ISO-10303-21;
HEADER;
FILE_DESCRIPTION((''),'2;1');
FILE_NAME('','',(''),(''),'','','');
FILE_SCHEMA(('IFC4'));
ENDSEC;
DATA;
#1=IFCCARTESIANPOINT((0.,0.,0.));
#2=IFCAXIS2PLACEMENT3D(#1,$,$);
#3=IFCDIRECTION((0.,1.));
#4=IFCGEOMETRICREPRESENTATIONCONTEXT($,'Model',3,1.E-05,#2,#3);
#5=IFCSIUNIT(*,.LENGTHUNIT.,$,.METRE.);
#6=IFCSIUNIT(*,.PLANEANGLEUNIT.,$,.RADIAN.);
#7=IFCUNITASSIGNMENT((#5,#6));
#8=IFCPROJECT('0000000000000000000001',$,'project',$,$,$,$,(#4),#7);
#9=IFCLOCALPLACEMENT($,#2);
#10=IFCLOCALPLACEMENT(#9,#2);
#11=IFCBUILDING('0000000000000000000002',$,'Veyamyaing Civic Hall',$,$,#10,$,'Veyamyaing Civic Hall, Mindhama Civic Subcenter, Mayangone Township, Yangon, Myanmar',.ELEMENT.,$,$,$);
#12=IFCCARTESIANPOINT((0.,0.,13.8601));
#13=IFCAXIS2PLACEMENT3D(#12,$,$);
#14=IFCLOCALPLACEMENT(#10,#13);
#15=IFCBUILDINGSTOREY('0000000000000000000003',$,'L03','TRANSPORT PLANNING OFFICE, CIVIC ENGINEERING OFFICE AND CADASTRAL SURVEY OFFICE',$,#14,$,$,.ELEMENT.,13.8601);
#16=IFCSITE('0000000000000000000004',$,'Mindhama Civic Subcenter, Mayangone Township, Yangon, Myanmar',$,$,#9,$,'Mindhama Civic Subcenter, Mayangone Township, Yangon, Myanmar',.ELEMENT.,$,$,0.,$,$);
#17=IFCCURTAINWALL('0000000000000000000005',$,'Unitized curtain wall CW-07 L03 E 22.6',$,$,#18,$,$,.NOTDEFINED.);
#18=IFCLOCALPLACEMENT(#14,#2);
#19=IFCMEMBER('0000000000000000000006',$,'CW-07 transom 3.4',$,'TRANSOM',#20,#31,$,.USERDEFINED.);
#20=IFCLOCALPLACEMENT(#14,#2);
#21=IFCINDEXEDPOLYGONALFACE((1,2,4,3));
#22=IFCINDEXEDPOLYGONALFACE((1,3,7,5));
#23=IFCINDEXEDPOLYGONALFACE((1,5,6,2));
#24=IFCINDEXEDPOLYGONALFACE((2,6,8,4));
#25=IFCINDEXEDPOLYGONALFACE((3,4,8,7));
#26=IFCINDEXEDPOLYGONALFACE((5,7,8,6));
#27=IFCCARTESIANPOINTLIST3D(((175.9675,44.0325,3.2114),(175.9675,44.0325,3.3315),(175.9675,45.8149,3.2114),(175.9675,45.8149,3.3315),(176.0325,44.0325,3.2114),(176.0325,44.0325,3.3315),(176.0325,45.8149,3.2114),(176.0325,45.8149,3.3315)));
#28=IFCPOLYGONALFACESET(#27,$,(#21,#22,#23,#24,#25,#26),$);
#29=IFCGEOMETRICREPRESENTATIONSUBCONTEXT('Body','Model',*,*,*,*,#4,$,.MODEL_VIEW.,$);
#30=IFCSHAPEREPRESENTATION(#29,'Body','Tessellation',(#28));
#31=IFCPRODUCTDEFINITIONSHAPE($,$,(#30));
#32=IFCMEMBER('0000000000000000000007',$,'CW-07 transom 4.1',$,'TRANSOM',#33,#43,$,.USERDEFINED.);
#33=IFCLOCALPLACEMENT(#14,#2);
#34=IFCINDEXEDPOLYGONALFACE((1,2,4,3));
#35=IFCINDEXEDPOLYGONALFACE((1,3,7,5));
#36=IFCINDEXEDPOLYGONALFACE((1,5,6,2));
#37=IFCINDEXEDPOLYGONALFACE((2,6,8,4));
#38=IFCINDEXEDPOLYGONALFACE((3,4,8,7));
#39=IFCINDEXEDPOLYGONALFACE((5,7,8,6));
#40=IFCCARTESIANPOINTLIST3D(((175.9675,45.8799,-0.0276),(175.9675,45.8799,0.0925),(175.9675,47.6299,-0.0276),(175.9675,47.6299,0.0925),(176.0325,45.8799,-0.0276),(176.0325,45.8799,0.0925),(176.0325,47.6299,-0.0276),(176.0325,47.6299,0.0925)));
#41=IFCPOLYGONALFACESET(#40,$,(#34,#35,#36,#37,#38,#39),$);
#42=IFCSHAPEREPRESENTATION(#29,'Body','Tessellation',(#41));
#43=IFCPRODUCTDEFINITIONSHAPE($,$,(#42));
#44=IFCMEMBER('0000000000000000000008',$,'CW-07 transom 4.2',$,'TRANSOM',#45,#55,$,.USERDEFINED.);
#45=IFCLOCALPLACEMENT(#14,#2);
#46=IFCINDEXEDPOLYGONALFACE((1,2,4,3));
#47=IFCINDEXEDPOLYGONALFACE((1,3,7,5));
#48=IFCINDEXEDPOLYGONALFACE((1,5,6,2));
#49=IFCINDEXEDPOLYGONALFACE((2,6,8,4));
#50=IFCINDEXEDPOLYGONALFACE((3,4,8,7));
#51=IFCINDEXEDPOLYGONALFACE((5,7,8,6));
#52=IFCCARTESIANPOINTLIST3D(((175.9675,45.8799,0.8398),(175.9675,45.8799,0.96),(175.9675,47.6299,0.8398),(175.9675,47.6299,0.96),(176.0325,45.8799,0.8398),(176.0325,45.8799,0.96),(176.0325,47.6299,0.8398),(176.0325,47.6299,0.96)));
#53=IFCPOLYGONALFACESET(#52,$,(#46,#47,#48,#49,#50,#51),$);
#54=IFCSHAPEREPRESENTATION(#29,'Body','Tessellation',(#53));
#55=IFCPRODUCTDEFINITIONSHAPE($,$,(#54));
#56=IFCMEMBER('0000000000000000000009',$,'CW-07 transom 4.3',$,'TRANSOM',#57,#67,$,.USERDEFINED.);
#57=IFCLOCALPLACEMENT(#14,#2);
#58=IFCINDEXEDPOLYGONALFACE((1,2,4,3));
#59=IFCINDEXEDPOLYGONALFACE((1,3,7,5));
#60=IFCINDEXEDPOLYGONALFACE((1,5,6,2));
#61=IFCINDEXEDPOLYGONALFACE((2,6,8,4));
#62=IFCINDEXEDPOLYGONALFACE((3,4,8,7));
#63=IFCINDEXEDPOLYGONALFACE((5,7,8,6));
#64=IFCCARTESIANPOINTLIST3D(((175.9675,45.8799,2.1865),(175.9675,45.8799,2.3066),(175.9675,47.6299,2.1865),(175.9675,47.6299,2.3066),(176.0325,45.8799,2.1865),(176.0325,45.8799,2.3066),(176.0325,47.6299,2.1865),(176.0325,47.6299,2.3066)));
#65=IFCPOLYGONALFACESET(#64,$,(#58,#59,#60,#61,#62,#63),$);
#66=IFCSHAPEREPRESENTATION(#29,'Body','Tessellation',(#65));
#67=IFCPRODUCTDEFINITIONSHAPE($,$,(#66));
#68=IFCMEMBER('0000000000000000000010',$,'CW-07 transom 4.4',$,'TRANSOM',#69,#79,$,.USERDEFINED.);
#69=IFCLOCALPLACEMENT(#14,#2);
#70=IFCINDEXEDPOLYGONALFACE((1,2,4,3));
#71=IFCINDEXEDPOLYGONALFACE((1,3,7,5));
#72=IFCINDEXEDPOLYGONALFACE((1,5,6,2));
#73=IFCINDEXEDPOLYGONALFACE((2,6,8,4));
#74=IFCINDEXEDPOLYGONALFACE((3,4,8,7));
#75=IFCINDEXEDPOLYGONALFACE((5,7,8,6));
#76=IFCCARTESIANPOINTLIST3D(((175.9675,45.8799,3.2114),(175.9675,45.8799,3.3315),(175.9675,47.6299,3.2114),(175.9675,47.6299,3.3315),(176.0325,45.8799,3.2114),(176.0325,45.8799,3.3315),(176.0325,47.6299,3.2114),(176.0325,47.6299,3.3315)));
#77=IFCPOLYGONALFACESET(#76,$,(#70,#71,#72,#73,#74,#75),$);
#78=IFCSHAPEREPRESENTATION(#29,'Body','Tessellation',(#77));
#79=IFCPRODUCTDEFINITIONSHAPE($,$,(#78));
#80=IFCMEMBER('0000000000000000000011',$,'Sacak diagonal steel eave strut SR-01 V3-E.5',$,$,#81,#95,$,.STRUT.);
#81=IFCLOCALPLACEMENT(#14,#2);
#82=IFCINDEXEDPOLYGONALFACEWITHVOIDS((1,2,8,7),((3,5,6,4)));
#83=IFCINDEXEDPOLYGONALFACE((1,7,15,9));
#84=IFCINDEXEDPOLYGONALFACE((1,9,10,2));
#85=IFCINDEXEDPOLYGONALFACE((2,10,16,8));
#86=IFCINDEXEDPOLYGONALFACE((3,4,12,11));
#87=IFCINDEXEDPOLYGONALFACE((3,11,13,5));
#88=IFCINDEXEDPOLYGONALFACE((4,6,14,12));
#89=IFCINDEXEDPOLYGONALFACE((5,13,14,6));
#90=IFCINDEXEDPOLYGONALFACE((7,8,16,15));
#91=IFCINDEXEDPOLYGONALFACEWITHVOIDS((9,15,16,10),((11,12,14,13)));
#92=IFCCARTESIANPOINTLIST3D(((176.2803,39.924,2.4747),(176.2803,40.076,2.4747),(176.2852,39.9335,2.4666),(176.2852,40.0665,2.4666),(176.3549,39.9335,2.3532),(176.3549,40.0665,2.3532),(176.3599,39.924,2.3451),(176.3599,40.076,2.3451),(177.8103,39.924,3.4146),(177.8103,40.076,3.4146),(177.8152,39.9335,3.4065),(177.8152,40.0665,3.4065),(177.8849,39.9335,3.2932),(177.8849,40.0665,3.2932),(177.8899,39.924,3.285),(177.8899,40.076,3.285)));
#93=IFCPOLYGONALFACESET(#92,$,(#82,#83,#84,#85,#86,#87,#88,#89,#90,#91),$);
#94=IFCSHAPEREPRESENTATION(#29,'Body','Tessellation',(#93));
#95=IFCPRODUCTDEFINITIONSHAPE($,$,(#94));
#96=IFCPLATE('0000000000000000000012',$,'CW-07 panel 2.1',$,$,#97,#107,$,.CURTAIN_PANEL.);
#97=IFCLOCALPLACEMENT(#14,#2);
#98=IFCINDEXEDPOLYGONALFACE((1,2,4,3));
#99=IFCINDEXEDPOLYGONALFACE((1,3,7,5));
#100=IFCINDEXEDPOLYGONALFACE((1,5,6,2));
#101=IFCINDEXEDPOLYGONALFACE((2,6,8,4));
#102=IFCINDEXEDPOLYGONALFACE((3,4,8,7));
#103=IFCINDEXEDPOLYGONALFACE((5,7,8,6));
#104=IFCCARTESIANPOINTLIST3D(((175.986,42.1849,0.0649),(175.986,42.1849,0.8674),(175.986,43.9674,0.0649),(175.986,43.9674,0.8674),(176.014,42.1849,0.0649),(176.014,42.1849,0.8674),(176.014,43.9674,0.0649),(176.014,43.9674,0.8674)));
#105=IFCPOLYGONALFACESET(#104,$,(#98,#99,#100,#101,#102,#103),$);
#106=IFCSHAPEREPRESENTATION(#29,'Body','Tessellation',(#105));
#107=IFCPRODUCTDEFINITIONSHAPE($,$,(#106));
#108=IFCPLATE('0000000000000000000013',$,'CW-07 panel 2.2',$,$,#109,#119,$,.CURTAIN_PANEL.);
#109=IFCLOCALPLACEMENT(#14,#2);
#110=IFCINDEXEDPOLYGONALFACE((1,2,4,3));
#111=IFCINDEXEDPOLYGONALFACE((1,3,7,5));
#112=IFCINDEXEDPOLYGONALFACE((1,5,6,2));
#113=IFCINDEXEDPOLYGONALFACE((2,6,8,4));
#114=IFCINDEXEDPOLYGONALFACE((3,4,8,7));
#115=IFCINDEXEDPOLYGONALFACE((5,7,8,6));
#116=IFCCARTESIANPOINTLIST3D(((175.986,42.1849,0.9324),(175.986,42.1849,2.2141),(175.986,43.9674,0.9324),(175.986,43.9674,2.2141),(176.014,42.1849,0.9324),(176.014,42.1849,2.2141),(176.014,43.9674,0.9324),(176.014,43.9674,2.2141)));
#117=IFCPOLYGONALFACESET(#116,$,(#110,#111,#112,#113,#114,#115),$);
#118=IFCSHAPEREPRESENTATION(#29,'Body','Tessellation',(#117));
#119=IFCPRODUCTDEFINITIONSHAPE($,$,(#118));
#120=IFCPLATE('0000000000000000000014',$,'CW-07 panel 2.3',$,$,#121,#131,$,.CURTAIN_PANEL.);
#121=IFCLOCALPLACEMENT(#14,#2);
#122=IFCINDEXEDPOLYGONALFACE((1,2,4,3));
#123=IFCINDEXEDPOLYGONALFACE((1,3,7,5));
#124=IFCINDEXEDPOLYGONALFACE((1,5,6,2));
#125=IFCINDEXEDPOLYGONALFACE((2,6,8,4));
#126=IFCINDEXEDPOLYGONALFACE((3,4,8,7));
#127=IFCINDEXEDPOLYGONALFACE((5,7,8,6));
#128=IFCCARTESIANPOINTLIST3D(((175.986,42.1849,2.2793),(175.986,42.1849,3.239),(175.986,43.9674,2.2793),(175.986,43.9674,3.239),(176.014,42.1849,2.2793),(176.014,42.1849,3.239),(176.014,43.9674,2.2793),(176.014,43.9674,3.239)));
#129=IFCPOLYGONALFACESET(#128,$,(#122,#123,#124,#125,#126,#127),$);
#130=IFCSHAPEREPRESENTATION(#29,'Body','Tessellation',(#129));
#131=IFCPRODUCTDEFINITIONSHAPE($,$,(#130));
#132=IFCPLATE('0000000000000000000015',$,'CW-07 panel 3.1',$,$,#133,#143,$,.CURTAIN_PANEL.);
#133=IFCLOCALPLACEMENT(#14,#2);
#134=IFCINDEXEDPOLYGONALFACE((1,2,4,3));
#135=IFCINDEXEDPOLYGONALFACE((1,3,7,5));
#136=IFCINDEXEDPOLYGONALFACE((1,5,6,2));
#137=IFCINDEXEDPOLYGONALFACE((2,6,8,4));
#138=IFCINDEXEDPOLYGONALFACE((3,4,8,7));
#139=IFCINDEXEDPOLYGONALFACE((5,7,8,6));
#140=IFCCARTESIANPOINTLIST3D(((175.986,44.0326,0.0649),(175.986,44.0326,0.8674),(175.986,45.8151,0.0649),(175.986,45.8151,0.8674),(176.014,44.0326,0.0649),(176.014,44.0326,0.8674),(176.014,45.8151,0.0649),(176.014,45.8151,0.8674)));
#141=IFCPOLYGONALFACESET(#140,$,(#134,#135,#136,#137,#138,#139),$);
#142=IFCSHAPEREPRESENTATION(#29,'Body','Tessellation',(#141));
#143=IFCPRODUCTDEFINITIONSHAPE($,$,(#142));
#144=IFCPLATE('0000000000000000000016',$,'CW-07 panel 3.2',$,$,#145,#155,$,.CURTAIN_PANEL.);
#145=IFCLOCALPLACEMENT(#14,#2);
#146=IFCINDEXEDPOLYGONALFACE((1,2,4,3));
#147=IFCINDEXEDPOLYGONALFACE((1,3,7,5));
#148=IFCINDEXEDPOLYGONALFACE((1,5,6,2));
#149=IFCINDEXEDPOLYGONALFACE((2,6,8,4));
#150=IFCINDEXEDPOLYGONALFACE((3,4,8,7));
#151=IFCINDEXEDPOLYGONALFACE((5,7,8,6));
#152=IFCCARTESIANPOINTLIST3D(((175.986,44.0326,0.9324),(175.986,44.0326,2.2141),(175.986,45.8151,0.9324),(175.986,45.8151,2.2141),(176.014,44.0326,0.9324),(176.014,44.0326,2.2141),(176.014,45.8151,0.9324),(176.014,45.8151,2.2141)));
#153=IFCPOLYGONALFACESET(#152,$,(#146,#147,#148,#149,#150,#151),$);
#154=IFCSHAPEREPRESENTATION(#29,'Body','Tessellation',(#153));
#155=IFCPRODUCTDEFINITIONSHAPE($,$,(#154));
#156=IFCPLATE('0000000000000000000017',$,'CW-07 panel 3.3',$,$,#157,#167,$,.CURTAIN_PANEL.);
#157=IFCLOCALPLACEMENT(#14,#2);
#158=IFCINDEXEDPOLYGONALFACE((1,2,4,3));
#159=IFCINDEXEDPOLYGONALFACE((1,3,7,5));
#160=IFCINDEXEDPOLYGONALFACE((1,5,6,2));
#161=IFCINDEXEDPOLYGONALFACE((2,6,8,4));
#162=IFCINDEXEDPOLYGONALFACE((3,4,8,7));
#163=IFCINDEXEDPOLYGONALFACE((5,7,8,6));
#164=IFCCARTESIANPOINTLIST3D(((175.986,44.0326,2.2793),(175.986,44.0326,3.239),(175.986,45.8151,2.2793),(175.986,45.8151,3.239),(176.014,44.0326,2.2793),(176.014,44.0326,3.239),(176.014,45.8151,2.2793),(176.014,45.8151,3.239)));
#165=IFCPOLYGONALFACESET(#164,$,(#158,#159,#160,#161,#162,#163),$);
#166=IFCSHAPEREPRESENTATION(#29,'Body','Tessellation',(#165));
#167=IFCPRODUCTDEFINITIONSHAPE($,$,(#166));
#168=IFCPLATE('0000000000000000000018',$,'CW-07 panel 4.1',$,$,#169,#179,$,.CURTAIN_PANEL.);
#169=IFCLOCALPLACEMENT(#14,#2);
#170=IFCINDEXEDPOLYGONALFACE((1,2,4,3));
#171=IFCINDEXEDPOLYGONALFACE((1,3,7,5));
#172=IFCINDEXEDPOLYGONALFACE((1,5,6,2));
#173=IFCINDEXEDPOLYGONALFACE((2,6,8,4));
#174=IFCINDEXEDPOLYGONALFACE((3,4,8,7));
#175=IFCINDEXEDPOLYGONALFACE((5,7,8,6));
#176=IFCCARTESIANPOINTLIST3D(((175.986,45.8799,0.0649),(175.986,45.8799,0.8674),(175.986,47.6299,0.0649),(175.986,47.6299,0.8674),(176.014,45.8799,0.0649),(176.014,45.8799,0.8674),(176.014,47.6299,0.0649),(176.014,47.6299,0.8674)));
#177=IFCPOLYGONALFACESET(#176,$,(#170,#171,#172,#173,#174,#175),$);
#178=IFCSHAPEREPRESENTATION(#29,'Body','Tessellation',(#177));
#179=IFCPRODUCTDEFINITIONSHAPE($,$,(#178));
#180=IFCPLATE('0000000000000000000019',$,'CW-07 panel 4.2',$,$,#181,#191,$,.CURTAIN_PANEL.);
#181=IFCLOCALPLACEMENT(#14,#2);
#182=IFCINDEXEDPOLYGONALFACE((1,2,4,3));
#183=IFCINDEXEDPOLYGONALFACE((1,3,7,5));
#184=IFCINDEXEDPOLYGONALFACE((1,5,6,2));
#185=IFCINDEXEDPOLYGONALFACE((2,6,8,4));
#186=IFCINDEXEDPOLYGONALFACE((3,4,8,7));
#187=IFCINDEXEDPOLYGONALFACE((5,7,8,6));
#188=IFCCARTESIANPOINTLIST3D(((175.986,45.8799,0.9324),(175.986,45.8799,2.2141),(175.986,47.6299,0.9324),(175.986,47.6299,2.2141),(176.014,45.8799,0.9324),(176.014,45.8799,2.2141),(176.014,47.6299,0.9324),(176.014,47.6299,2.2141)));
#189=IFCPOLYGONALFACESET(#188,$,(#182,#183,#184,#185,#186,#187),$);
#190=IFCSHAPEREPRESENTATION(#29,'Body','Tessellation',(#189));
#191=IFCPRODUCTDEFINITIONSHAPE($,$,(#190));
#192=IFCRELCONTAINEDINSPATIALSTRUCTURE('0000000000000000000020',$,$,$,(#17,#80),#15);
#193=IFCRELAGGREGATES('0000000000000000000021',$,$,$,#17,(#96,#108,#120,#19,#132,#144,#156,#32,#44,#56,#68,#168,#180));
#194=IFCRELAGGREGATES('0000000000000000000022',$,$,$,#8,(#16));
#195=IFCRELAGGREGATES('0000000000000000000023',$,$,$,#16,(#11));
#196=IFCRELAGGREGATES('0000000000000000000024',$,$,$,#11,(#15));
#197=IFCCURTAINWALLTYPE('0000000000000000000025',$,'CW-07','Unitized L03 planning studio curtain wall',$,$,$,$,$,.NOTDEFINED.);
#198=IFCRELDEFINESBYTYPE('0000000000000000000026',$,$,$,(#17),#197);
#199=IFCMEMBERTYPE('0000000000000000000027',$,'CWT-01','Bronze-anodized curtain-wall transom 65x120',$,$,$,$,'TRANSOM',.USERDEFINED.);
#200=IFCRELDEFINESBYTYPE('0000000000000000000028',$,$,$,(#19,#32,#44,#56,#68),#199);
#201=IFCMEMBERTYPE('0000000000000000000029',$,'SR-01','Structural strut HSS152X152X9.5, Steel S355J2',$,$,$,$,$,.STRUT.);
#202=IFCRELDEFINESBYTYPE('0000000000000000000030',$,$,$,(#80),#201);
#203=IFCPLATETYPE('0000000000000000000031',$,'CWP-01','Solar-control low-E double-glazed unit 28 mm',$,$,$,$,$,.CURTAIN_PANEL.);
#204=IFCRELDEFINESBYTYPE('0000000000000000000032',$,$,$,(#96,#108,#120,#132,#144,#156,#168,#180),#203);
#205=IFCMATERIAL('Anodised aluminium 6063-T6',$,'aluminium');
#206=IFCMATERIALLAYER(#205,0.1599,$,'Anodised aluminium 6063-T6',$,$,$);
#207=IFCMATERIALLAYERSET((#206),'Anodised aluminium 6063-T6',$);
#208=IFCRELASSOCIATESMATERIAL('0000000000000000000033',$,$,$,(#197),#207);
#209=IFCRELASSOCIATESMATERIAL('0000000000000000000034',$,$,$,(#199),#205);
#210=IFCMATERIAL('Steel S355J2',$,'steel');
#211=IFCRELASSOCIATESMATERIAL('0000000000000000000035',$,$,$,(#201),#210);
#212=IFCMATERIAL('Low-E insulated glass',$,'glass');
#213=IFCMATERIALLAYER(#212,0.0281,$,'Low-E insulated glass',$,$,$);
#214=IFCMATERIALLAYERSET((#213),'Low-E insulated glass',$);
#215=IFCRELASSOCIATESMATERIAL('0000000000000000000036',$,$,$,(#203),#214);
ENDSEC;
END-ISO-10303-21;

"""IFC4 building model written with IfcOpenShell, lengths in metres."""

from ifc_helpers import new_model, si_unit, direction, frame, origin, origin_2d, place, context, subcontext, project, spatial, rectangle, hollow_rectangle, extrude, material, layer, layer_set, material_profile, profile_set, type_object, element, aggregate, save


model = new_model("IFC4")

# Units and contexts
model_context = context("Model", 3, precision=1e-05, world=origin(), true_north=direction((0.0, 1.0)))
body_context = subcontext(model_context, "Body", "Model", "MODEL_VIEW")
ifc_project = project(units=[si_unit("LENGTHUNIT", "METRE"), si_unit("PLANEANGLEUNIT", "RADIAN")], contexts=[model_context])

# Site, building, storey
site_placement = place(None, origin())
site = spatial("IfcSite", under=ifc_project, at=site_placement, Name="Mindhama Civic Subcenter, Mayangone Township, Yangon, Myanmar", LongName="Mindhama Civic Subcenter, Mayangone Township, Yangon, Myanmar", CompositionType="ELEMENT", RefElevation=0.0)
building_placement = place(site_placement, origin())
building = spatial("IfcBuilding", under=site, at=building_placement, Name="Veyamyaing Civic Hall", LongName="Veyamyaing Civic Hall, Mindhama Civic Subcenter, Mayangone Township, Yangon, Myanmar", CompositionType="ELEMENT")
storey_placement = place(building_placement, frame((0.0, 0.0, 13.8601)))
storey = spatial("IfcBuildingStorey", under=building, at=storey_placement, Name="L03", Description="TRANSPORT PLANNING OFFICE, CIVIC ENGINEERING OFFICE AND CADASTRAL SURVEY OFFICE", CompositionType="ELEMENT", Elevation=13.8601)

# Curtain wall, members
ifc_material_1 = material(Name="Anodised aluminium 6063-T6", Category="aluminium")
ifc_layer_1 = layer(ifc_material_1, 0.1599, Name="Anodised aluminium 6063-T6")
ifc_layer_set_1 = layer_set([ifc_layer_1], Name="Anodised aluminium 6063-T6")
curtain_wall_type = type_object("IfcCurtainWallType", Name="CW-07", Description="Unitized L03 planning studio curtain wall", PredefinedType="NOTDEFINED", material=ifc_layer_set_1)
curtain_wall_placement = place(storey_placement, origin())
curtain_wall = element("IfcCurtainWall", 1, at=curtain_wall_placement, inside=storey, type_object=curtain_wall_type, Name="Unitized curtain wall CW-07 L03 E 22.6", PredefinedType="NOTDEFINED")
ifc_material_profile_1 = material_profile(ifc_material_1, rectangle(XDim=0.0649, YDim=0.1201, at=origin_2d()), Name="ALU-TRN-65X120")
ifc_profile_set_1 = profile_set([ifc_material_profile_1], Name="Anodised aluminium 6063-T6")
member_type_1 = type_object("IfcMemberType", Name="CWT-01", Description="Bronze-anodized curtain-wall transom 65x120", ElementType="TRANSOM", PredefinedType="USERDEFINED", material=ifc_profile_set_1)
member_1_placement = place(storey_placement, frame((176.0, 44.0325, 3.2715), z_axis=(0.0, 1.0, 0.0), x_axis=(-1.0, 0.0, 0.0)))
member_1 = element("IfcMember", 2, at=member_1_placement, type_object=member_type_1, Name="CW-07 transom 3.4", ObjectType="TRANSOM", PredefinedType="USERDEFINED", context=body_context, shape_type="SweptSolid", body=[
    extrude(rectangle(XDim=0.0649, YDim=0.1201, at=origin_2d()), origin(), (0.0, 0.0, 1.0), 1.7825),
])
member_2_placement = place(storey_placement, frame((176.0, 45.8799, 0.0325), z_axis=(0.0, 1.0, 0.0), x_axis=(-1.0, 0.0, 0.0)))
member_2 = element("IfcMember", 3, at=member_2_placement, type_object=member_type_1, Name="CW-07 transom 4.1", ObjectType="TRANSOM", PredefinedType="USERDEFINED", context=body_context, shape_type="SweptSolid", body=[
    extrude(rectangle(XDim=0.0649, YDim=0.1201, at=origin_2d()), origin(), (0.0, 0.0, 1.0), 1.75),
])
member_3_placement = place(storey_placement, frame((176.0, 45.8799, 0.8999), z_axis=(0.0, 1.0, 0.0), x_axis=(-1.0, 0.0, 0.0)))
member_3 = element("IfcMember", 4, at=member_3_placement, type_object=member_type_1, Name="CW-07 transom 4.2", ObjectType="TRANSOM", PredefinedType="USERDEFINED", context=body_context, shape_type="SweptSolid", body=[
    extrude(rectangle(XDim=0.0649, YDim=0.1201, at=origin_2d()), origin(), (0.0, 0.0, 1.0), 1.75),
])
member_4_placement = place(storey_placement, frame((176.0, 45.8799, 2.2466), z_axis=(0.0, 1.0, 0.0), x_axis=(-1.0, 0.0, 0.0)))
member_4 = element("IfcMember", 5, at=member_4_placement, type_object=member_type_1, Name="CW-07 transom 4.3", ObjectType="TRANSOM", PredefinedType="USERDEFINED", context=body_context, shape_type="SweptSolid", body=[
    extrude(rectangle(XDim=0.0649, YDim=0.1201, at=origin_2d()), origin(), (0.0, 0.0, 1.0), 1.75),
])
member_5_placement = place(storey_placement, frame((176.0, 45.8799, 3.2715), z_axis=(0.0, 1.0, 0.0), x_axis=(-1.0, 0.0, 0.0)))
member_5 = element("IfcMember", 6, at=member_5_placement, type_object=member_type_1, Name="CW-07 transom 4.4", ObjectType="TRANSOM", PredefinedType="USERDEFINED", context=body_context, shape_type="SweptSolid", body=[
    extrude(rectangle(XDim=0.0649, YDim=0.1201, at=origin_2d()), origin(), (0.0, 0.0, 1.0), 1.75),
])

# Member
ifc_material_2 = material(Name="Steel S355J2", Category="steel")
ifc_material_profile_2 = material_profile(ifc_material_2, hollow_rectangle(XDim=0.1521, YDim=0.1521, WallThickness=0.0095, at=origin_2d()), Name="HSS152X152X9.5")
ifc_profile_set_2 = profile_set([ifc_material_profile_2], Name="Steel S355J2")
member_type_2 = type_object("IfcMemberType", Name="SR-01", Description="Structural strut HSS152X152X9.5, Steel S355J2", PredefinedType="STRUT", material=ifc_profile_set_2)
member_6_placement = place(storey_placement, frame((176.3201, 40.0, 2.4099), z_axis=(0.85206, 0.0, 0.523445), x_axis=(0.0, 1.0, 0.0)))
element("IfcMember", 7, at=member_6_placement, inside=storey, type_object=member_type_2, Name="Sacak diagonal steel eave strut SR-01 V3-E.5", PredefinedType="STRUT", context=body_context, shape_type="SweptSolid", body=[
    extrude(hollow_rectangle(XDim=0.1521, YDim=0.1521, WallThickness=0.0095, at=origin_2d()), origin(), (0.0, 0.0, 1.0), 1.7957),
])

# Plates
ifc_material_3 = material(Name="Low-E insulated glass", Category="glass")
ifc_layer_2 = layer(ifc_material_3, 0.0281, Name="Low-E insulated glass")
ifc_layer_set_2 = layer_set([ifc_layer_2], Name="Low-E insulated glass")
plate_type_1 = type_object("IfcPlateType", Name="CWP-01", Description="Solar-control low-E double-glazed unit 28 mm", PredefinedType="CURTAIN_PANEL", material=ifc_layer_set_2)
plate_1_placement = place(storey_placement, frame((176.0, 43.0762, 0.0649), z_axis=(0.0, 0.0, 1.0), x_axis=(0.0, 1.0, 0.0)))
plate_1 = element("IfcPlate", 8, at=plate_1_placement, type_object=plate_type_1, Name="CW-07 panel 2.1", PredefinedType="CURTAIN_PANEL", context=body_context, shape_type="SweptSolid", body=[
    extrude(rectangle(XDim=1.7825, YDim=0.0281, at=origin_2d()), origin(), (0.0, 0.0, 1.0), 0.8025),
])
plate_2_placement = place(storey_placement, frame((176.0, 43.0762, 0.9324), z_axis=(0.0, 0.0, 1.0), x_axis=(0.0, 1.0, 0.0)))
plate_2 = element("IfcPlate", 9, at=plate_2_placement, type_object=plate_type_1, Name="CW-07 panel 2.2", PredefinedType="CURTAIN_PANEL", context=body_context, shape_type="SweptSolid", body=[
    extrude(rectangle(XDim=1.7825, YDim=0.0281, at=origin_2d()), origin(), (0.0, 0.0, 1.0), 1.2817),
])
plate_3_placement = place(storey_placement, frame((176.0, 43.0762, 2.2793), z_axis=(0.0, 0.0, 1.0), x_axis=(0.0, 1.0, 0.0)))
plate_3 = element("IfcPlate", 10, at=plate_3_placement, type_object=plate_type_1, Name="CW-07 panel 2.3", PredefinedType="CURTAIN_PANEL", context=body_context, shape_type="SweptSolid", body=[
    extrude(rectangle(XDim=1.7825, YDim=0.0281, at=origin_2d()), origin(), (0.0, 0.0, 1.0), 0.9597),
])
plate_4_placement = place(storey_placement, frame((176.0, 44.9238, 0.0649), z_axis=(0.0, 0.0, 1.0), x_axis=(0.0, 1.0, 0.0)))
plate_4 = element("IfcPlate", 11, at=plate_4_placement, type_object=plate_type_1, Name="CW-07 panel 3.1", PredefinedType="CURTAIN_PANEL", context=body_context, shape_type="SweptSolid", body=[
    extrude(rectangle(XDim=1.7825, YDim=0.0281, at=origin_2d()), origin(), (0.0, 0.0, 1.0), 0.8025),
])
plate_5_placement = place(storey_placement, frame((176.0, 44.9238, 0.9324), z_axis=(0.0, 0.0, 1.0), x_axis=(0.0, 1.0, 0.0)))
plate_5 = element("IfcPlate", 12, at=plate_5_placement, type_object=plate_type_1, Name="CW-07 panel 3.2", PredefinedType="CURTAIN_PANEL", context=body_context, shape_type="SweptSolid", body=[
    extrude(rectangle(XDim=1.7825, YDim=0.0281, at=origin_2d()), origin(), (0.0, 0.0, 1.0), 1.2817),
])
plate_6_placement = place(storey_placement, frame((176.0, 44.9238, 2.2793), z_axis=(0.0, 0.0, 1.0), x_axis=(0.0, 1.0, 0.0)))
plate_6 = element("IfcPlate", 13, at=plate_6_placement, type_object=plate_type_1, Name="CW-07 panel 3.3", PredefinedType="CURTAIN_PANEL", context=body_context, shape_type="SweptSolid", body=[
    extrude(rectangle(XDim=1.7825, YDim=0.0281, at=origin_2d()), origin(), (0.0, 0.0, 1.0), 0.9597),
])
plate_7_placement = place(storey_placement, frame((176.0, 46.7549, 0.0649), z_axis=(0.0, 0.0, 1.0), x_axis=(0.0, 1.0, 0.0)))
plate_7 = element("IfcPlate", 14, at=plate_7_placement, type_object=plate_type_1, Name="CW-07 panel 4.1", PredefinedType="CURTAIN_PANEL", context=body_context, shape_type="SweptSolid", body=[
    extrude(rectangle(XDim=1.75, YDim=0.0281, at=origin_2d()), origin(), (0.0, 0.0, 1.0), 0.8025),
])
plate_8_placement = place(storey_placement, frame((176.0, 46.7549, 0.9324), z_axis=(0.0, 0.0, 1.0), x_axis=(0.0, 1.0, 0.0)))
plate_8 = element("IfcPlate", 15, at=plate_8_placement, type_object=plate_type_1, Name="CW-07 panel 4.2", PredefinedType="CURTAIN_PANEL", context=body_context, shape_type="SweptSolid", body=[
    extrude(rectangle(XDim=1.75, YDim=0.0281, at=origin_2d()), origin(), (0.0, 0.0, 1.0), 1.2817),
])
aggregate(curtain_wall, [plate_1, plate_2, plate_3, member_1, plate_4, plate_5, plate_6, member_2, member_3, member_4, member_5, plate_7, plate_8])

save(model, "model.ifc")
